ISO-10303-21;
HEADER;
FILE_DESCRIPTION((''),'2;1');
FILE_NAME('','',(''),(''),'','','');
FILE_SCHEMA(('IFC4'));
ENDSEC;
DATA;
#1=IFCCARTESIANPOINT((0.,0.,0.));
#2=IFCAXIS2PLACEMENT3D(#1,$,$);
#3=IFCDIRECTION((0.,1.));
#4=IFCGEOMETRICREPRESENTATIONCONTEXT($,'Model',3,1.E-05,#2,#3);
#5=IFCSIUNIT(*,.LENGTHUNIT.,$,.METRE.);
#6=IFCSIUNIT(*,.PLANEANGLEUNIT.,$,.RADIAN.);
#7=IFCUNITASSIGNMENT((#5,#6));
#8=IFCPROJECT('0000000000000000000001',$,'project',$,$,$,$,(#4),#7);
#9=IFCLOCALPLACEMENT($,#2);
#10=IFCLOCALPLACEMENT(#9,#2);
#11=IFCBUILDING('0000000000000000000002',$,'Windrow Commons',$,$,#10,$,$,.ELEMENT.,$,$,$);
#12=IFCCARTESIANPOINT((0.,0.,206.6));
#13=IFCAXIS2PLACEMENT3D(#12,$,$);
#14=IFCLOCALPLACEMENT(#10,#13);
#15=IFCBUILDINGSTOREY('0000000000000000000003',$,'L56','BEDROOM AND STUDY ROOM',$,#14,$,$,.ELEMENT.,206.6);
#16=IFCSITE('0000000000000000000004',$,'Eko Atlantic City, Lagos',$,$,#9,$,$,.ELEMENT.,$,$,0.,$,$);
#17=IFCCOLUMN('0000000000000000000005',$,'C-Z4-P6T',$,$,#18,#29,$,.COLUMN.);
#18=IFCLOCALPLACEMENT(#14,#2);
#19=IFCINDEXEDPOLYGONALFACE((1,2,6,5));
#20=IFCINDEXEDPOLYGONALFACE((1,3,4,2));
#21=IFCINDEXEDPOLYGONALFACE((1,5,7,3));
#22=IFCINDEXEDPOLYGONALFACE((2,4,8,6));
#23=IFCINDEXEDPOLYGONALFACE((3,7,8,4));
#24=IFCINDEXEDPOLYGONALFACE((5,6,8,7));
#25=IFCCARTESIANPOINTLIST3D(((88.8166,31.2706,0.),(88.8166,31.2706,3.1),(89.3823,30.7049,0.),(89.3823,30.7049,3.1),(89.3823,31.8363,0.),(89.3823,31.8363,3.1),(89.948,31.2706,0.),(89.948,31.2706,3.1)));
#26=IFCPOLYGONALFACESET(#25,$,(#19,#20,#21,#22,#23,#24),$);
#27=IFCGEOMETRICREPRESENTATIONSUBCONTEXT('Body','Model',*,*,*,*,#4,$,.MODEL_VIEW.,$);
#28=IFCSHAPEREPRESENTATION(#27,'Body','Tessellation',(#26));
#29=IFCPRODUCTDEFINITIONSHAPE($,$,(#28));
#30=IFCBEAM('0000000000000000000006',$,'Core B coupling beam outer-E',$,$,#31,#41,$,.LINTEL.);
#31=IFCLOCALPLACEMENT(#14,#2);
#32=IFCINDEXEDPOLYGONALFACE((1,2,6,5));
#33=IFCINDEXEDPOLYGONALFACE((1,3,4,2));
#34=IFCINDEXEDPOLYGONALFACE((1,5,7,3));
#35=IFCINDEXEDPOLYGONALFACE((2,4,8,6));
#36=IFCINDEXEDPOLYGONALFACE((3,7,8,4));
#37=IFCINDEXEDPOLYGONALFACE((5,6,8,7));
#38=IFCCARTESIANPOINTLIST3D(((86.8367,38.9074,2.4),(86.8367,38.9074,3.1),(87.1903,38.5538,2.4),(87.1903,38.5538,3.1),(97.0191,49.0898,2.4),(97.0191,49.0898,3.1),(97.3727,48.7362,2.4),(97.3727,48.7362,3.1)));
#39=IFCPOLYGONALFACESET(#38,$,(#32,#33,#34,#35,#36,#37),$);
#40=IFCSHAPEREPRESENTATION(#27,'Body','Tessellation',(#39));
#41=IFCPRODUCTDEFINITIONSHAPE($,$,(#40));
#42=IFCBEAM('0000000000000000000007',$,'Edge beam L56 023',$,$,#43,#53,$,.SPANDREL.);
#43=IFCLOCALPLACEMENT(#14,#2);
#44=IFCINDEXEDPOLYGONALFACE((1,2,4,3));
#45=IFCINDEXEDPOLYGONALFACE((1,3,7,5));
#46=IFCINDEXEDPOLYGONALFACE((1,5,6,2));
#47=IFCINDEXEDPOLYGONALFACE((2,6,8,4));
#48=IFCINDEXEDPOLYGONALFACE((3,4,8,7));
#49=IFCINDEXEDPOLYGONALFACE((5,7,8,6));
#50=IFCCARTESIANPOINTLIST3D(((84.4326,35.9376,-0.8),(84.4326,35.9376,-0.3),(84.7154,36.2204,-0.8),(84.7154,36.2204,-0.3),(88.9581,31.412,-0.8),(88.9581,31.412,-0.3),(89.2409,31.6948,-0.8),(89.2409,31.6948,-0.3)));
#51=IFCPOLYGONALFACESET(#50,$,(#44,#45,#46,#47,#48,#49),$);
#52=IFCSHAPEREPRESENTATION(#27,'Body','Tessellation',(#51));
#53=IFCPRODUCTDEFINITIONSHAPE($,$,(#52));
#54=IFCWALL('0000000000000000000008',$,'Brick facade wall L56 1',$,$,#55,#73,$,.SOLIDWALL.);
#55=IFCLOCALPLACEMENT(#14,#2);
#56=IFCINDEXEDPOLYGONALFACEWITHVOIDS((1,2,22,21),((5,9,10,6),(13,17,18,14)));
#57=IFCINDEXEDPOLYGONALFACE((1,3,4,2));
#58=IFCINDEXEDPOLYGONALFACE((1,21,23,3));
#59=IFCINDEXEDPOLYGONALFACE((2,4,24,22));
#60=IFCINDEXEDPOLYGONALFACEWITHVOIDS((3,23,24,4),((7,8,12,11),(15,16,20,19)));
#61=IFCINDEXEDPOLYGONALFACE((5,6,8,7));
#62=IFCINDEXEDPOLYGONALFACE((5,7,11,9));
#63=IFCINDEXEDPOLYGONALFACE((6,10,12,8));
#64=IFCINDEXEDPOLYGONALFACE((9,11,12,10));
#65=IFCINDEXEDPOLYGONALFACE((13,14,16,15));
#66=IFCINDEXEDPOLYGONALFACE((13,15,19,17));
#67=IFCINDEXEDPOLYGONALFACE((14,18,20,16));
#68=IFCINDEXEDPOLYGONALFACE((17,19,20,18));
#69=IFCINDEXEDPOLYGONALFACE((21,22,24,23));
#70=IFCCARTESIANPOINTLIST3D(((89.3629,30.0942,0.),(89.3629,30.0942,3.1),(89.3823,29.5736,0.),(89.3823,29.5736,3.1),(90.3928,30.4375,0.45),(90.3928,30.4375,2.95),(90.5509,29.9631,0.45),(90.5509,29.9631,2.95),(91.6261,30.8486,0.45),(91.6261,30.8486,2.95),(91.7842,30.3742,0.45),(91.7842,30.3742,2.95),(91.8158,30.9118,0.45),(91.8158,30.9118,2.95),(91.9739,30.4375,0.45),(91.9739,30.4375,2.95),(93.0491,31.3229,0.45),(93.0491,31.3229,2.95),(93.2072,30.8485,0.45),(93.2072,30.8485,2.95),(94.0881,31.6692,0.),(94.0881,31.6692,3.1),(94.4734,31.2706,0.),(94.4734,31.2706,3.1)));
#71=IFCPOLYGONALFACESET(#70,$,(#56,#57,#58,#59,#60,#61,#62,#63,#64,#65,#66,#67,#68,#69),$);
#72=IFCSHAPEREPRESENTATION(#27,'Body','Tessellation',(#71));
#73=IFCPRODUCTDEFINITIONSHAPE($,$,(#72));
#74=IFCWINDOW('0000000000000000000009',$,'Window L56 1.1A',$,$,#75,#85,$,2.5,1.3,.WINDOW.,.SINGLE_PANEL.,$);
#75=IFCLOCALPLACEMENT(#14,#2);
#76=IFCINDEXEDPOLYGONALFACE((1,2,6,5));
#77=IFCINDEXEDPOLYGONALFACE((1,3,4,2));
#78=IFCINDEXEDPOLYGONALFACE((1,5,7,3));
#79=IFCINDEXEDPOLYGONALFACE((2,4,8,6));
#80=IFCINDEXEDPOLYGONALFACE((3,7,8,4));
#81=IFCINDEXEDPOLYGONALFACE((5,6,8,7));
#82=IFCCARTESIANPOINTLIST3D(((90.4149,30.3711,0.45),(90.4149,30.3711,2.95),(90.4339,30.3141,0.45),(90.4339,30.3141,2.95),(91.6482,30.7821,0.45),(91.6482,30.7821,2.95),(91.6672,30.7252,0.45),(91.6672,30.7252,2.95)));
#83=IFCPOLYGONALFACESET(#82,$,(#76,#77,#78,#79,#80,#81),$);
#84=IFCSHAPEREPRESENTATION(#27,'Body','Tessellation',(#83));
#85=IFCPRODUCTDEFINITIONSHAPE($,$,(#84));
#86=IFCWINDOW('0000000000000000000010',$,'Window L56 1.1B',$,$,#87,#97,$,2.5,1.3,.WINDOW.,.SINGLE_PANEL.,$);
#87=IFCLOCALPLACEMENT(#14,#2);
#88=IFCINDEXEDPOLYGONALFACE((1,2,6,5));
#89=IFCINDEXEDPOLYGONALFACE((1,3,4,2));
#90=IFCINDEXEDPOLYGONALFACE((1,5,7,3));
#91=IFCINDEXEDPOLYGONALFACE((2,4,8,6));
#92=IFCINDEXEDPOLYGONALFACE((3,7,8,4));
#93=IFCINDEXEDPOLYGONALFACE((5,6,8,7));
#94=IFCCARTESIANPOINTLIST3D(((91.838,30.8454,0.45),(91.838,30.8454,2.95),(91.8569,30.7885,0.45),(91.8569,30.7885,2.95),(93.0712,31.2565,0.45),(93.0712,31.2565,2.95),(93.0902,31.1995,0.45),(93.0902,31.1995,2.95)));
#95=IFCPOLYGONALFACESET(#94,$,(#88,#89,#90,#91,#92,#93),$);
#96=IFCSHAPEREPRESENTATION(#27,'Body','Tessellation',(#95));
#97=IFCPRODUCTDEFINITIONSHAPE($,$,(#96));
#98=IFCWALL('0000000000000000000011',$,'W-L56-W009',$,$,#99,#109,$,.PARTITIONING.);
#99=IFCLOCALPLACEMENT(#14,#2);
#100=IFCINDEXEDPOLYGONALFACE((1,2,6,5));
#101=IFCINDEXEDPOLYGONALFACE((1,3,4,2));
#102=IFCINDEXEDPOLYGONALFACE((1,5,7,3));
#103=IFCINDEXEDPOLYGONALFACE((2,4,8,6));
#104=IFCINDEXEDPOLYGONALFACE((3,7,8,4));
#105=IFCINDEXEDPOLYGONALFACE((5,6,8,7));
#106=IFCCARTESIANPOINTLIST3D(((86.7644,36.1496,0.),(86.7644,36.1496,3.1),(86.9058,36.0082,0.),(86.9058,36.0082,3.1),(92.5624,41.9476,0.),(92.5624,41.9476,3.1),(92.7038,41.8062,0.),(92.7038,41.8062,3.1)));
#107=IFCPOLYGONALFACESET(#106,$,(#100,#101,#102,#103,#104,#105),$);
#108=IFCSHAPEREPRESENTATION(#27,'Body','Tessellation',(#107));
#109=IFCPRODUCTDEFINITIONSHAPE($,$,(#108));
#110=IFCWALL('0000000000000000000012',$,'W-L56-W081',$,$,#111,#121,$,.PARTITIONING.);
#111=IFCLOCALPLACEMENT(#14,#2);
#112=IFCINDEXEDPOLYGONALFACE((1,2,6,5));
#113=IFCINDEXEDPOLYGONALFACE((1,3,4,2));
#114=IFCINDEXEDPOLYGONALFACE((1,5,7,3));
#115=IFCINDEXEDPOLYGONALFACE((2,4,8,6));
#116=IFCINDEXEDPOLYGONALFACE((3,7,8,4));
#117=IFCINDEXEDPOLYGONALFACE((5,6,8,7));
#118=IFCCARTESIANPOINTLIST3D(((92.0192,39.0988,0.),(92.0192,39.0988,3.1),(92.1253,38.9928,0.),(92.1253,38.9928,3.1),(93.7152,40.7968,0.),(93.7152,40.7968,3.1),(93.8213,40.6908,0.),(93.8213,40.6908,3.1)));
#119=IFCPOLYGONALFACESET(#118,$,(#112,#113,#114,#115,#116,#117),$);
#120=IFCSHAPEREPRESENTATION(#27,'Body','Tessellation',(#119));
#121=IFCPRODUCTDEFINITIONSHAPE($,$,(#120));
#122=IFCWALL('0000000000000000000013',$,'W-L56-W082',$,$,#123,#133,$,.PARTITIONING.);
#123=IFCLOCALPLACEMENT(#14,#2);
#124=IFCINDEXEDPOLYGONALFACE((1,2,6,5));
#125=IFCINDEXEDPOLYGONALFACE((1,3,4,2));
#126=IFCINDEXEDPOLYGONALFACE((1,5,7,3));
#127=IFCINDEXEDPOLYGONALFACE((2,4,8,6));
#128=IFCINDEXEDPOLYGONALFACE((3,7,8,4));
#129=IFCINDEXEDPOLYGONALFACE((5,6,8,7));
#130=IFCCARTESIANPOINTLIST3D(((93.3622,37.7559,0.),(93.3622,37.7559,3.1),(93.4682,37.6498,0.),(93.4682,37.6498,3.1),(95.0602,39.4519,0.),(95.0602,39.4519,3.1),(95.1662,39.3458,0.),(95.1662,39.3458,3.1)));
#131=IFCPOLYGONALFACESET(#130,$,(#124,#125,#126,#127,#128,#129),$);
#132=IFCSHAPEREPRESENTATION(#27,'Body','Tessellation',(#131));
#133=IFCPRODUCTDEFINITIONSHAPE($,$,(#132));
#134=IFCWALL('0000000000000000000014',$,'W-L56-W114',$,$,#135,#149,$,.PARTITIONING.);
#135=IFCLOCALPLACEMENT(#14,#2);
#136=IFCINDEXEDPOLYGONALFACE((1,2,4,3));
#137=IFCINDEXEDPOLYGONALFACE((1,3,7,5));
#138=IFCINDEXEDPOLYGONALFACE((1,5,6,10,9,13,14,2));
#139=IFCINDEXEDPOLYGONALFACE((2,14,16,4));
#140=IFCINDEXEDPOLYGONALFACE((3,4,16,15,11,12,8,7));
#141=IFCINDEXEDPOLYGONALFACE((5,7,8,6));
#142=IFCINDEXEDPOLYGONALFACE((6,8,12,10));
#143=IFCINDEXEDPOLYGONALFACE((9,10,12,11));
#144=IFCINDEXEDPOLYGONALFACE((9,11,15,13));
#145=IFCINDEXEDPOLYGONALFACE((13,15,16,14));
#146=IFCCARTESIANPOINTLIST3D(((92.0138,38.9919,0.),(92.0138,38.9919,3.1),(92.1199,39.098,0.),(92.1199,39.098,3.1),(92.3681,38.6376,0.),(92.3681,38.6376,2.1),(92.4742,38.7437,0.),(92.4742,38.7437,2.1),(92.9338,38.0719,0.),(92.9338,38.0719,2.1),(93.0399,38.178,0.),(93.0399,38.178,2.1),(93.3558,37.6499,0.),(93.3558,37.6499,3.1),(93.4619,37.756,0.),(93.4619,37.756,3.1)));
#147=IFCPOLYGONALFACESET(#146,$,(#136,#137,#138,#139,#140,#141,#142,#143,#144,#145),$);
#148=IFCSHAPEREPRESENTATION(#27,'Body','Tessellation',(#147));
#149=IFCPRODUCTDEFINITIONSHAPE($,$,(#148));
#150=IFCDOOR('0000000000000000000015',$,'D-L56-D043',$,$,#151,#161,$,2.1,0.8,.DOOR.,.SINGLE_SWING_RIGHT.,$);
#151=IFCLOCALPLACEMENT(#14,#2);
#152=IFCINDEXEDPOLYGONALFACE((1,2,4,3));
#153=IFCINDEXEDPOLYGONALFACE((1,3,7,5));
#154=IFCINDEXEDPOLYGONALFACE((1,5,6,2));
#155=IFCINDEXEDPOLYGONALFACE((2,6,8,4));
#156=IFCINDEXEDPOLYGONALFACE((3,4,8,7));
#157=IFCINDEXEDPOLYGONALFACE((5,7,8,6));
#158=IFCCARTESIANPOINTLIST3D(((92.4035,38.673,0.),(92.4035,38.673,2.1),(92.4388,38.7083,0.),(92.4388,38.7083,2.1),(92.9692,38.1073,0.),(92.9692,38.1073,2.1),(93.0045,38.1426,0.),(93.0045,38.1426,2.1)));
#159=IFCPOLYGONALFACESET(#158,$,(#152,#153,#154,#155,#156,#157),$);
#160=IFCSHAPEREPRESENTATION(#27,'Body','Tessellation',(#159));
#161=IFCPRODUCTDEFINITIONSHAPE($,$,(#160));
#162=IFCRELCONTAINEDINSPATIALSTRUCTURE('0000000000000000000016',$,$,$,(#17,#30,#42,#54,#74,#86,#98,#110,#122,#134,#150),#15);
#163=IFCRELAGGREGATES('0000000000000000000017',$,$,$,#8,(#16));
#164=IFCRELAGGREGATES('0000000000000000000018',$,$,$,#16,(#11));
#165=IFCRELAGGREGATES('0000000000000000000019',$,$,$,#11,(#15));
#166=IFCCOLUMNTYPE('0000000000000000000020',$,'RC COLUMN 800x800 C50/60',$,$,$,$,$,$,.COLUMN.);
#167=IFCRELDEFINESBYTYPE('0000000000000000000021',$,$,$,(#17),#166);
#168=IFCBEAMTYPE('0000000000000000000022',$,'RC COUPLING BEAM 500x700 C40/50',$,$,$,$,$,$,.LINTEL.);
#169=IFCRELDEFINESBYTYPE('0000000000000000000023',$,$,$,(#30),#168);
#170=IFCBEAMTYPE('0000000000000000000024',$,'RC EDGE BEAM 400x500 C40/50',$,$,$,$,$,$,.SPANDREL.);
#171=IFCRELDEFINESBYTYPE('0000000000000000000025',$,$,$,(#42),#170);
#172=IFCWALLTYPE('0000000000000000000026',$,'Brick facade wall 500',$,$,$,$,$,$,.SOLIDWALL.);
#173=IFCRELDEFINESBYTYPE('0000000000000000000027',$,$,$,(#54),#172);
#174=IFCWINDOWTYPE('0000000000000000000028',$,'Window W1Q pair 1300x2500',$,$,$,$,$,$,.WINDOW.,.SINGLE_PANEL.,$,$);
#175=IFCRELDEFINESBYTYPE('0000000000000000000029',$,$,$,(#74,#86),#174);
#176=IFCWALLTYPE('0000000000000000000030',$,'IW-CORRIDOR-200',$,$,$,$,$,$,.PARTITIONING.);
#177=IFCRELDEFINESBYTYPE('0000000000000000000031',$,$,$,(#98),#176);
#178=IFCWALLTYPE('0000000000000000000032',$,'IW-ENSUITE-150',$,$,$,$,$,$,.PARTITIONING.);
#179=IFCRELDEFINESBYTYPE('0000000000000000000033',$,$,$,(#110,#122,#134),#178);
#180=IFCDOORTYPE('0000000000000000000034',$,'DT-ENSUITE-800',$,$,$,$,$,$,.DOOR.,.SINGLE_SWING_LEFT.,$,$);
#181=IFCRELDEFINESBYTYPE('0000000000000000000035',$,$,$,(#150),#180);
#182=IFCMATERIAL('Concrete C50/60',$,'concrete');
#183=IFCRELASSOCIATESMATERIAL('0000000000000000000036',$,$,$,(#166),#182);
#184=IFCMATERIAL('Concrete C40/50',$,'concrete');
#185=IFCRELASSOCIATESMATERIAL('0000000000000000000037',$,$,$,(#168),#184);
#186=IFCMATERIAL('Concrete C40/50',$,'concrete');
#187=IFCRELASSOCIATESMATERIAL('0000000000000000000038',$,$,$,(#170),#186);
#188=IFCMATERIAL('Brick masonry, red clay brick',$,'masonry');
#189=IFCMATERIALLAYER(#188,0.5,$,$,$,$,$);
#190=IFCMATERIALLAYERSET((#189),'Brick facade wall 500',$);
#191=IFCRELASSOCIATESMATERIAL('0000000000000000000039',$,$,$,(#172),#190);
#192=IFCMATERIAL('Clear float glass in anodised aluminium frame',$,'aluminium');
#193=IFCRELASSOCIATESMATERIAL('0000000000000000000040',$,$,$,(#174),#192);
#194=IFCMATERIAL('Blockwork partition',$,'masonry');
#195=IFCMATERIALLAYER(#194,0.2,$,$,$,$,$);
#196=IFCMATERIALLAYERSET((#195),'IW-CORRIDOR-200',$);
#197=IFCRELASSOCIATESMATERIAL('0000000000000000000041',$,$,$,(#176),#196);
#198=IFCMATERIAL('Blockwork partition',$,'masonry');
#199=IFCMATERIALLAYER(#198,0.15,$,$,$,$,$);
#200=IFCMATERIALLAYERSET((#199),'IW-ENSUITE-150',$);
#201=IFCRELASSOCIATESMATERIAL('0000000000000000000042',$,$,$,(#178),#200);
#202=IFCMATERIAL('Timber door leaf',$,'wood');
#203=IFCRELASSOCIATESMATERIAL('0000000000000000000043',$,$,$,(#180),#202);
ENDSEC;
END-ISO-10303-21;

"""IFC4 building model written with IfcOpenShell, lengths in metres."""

from ifc_helpers import new_model, si_unit, direction, frame, frame_2d, origin, origin_2d, place, context, subcontext, project, spatial, polyline, rectangle, outline, extrude, material, layer, layer_set, material_profile, profile_set, type_object, element, fill, save


model = new_model("IFC4")

# Units and contexts
model_context = context("Model", 3, precision=1e-05, world=origin(), true_north=direction((0.0, 1.0)))
body_context = subcontext(model_context, "Body", "Model", "MODEL_VIEW")
ifc_project = project(units=[si_unit("LENGTHUNIT", "METRE"), si_unit("PLANEANGLEUNIT", "RADIAN")], contexts=[model_context])

# Site, building, storey
site_placement = place(None, origin())
site = spatial("IfcSite", under=ifc_project, at=site_placement, Name="Eko Atlantic City, Lagos", CompositionType="ELEMENT", RefElevation=0.0)
building_placement = place(site_placement, origin())
building = spatial("IfcBuilding", under=site, at=building_placement, Name="Windrow Commons", CompositionType="ELEMENT")
storey_placement = place(building_placement, frame((0.0, 0.0, 206.6)))
storey = spatial("IfcBuildingStorey", under=building, at=storey_placement, Name="L56", Description="BEDROOM AND STUDY ROOM", CompositionType="ELEMENT", Elevation=206.6)

# Column
ifc_material_1 = material(Name="Concrete C50/60", Category="concrete")
ifc_material_profile_1 = material_profile(ifc_material_1, rectangle(XDim=0.8, YDim=0.8, at=origin_2d()))
ifc_profile_set_1 = profile_set([ifc_material_profile_1], Name="Concrete C50/60")
column_type = type_object("IfcColumnType", Name="RC COLUMN 800x800 C50/60", PredefinedType="COLUMN", material=ifc_profile_set_1)
column_placement = place(storey_placement, frame((89.3823, 31.2706, 0.0), z_axis=(0.0, 0.0, 1.0), x_axis=(0.707107, -0.707107, 0.0)))
element("IfcColumn", 1, at=column_placement, inside=storey, type_object=column_type, Name="C-Z4-P6T", PredefinedType="COLUMN", context=body_context, shape_type="SweptSolid", body=[
    extrude(rectangle(XDim=0.8, YDim=0.8, at=origin_2d()), origin(), (0.0, 0.0, 1.0), 3.1),
])

# Beams
ifc_material_2 = material(Name="Concrete C40/50", Category="concrete")
ifc_material_profile_2 = material_profile(ifc_material_2, rectangle(XDim=0.5, YDim=0.7, at=origin_2d()))
ifc_profile_set_2 = profile_set([ifc_material_profile_2], Name="Concrete C40/50")
beam_type_1 = type_object("IfcBeamType", Name="RC COUPLING BEAM 500x700 C40/50", PredefinedType="LINTEL", material=ifc_profile_set_2)
beam_1_placement = place(storey_placement, frame((87.0135, 38.7306, 2.75), z_axis=(0.707107, 0.707107, 0.0), x_axis=(-0.707107, 0.707107, 0.0)))
element("IfcBeam", 2, at=beam_1_placement, inside=storey, type_object=beam_type_1, Name="Core B coupling beam outer-E", PredefinedType="LINTEL", context=body_context, shape_type="SweptSolid", body=[
    extrude(rectangle(XDim=0.5, YDim=0.7, at=origin_2d()), origin(), (0.0, 0.0, 1.0), 14.4001),
])
ifc_material_3 = material(Name="Concrete C40/50", Category="concrete")
ifc_material_profile_3 = material_profile(ifc_material_3, rectangle(XDim=0.4, YDim=0.5, at=origin_2d()))
ifc_profile_set_3 = profile_set([ifc_material_profile_3], Name="Concrete C40/50")
beam_type_2 = type_object("IfcBeamType", Name="RC EDGE BEAM 400x500 C40/50", PredefinedType="SPANDREL", material=ifc_profile_set_3)
beam_2_placement = place(storey_placement, frame((89.0995, 31.5534, -0.55), z_axis=(-0.707099, 0.707115, 0.0), x_axis=(-0.707115, -0.707099, 0.0)))
element("IfcBeam", 3, at=beam_2_placement, inside=storey, type_object=beam_type_2, Name="Edge beam L56 023", PredefinedType="SPANDREL", context=body_context, shape_type="SweptSolid", body=[
    extrude(rectangle(XDim=0.4, YDim=0.5, at=origin_2d()), origin(), (0.0, 0.0, 1.0), 6.4001),
])

# Wall, openings, windows
ifc_material_4 = material(Name="Brick masonry, red clay brick", Category="masonry")
ifc_layer_1 = layer(ifc_material_4, 0.5)
ifc_layer_set_1 = layer_set([ifc_layer_1], Name="Brick facade wall 500")
wall_type_1 = type_object("IfcWallType", Name="Brick facade wall 500", PredefinedType="SOLIDWALL", material=ifc_layer_set_1)
wall_1_placement = place(storey_placement, frame((89.3726, 29.8339, 0.0), z_axis=(0.0, 0.0, 1.0), x_axis=(0.948687, 0.316216, 0.0)))
wall_1 = element("IfcWall", 4, at=wall_1_placement, inside=storey, type_object=wall_type_1, Name="Brick facade wall L56 1", PredefinedType="SOLIDWALL", context=body_context, shape_type="SweptSolid", body=[
    extrude(outline(polyline([(-0.0731, -0.25), (5.2934, -0.25), (5.0539, 0.25), (0.0731, 0.25), (-0.0731, -0.25)])), origin(), (0.0, 0.0, 1.0), 3.1),
])
opening_1_placement = place(wall_1_placement, frame((1.1587, 0.0, 0.45)))
opening_1 = element("IfcOpeningElement", 5, at=opening_1_placement, cuts=wall_1, PredefinedType="OPENING", context=body_context, shape_type="SweptSolid", body=[
    extrude(rectangle(XDim=1.3, YDim=2.5, at=frame_2d((0.65, 1.25))), frame((0.0, 0.26, 0.0), z_axis=(0.0, -1.0, 0.0), x_axis=(1.0, 0.0, 0.0)), (0.0, 0.0, 1.0), 0.52),
])
opening_2_placement = place(wall_1_placement, frame((2.6587, 0.0, 0.45)))
opening_2 = element("IfcOpeningElement", 6, at=opening_2_placement, cuts=wall_1, PredefinedType="OPENING", context=body_context, shape_type="SweptSolid", body=[
    extrude(rectangle(XDim=1.3, YDim=2.5, at=frame_2d((0.65, 1.25))), frame((0.0, 0.26, 0.0), z_axis=(0.0, -1.0, 0.0), x_axis=(1.0, 0.0, 0.0)), (0.0, 0.0, 1.0), 0.52),
])
ifc_material_5 = material(Name="Clear float glass in anodised aluminium frame", Category="aluminium")
window_type = type_object("IfcWindowType", Name="Window W1Q pair 1300x2500", PartitioningType="SINGLE_PANEL", PredefinedType="WINDOW", material=ifc_material_5)
window_1_placement = place(opening_1_placement, origin())
window_1 = element("IfcWindow", 7, at=window_1_placement, inside=storey, type_object=window_type, Name="Window L56 1.1A", OverallHeight=2.5, OverallWidth=1.3, PartitioningType="SINGLE_PANEL", PredefinedType="WINDOW", context=body_context, shape_type="SweptSolid", body=[
    extrude(rectangle(XDim=1.3, YDim=2.5, at=frame_2d((0.65, 1.25))), frame((0.0, 0.18, 0.0), z_axis=(0.0, -1.0, 0.0), x_axis=(1.0, 0.0, 0.0)), (0.0, 0.0, 1.0), 0.06),
])
fill(opening_1, window_1)
window_2_placement = place(opening_2_placement, origin())
window_2 = element("IfcWindow", 8, at=window_2_placement, inside=storey, type_object=window_type, Name="Window L56 1.1B", OverallHeight=2.5, OverallWidth=1.3, PartitioningType="SINGLE_PANEL", PredefinedType="WINDOW", context=body_context, shape_type="SweptSolid", body=[
    extrude(rectangle(XDim=1.3, YDim=2.5, at=frame_2d((0.65, 1.25))), frame((0.0, 0.18, 0.0), z_axis=(0.0, -1.0, 0.0), x_axis=(1.0, 0.0, 0.0)), (0.0, 0.0, 1.0), 0.06),
])
fill(opening_2, window_2)

# Walls
ifc_material_6 = material(Name="Blockwork partition", Category="masonry")
ifc_layer_2 = layer(ifc_material_6, 0.2)
ifc_layer_set_2 = layer_set([ifc_layer_2], Name="IW-CORRIDOR-200")
wall_type_2 = type_object("IfcWallType", Name="IW-CORRIDOR-200", PredefinedType="PARTITIONING", material=ifc_layer_set_2)
wall_2_placement = place(storey_placement, frame((86.8351, 36.0789, 0.0), z_axis=(0.0, 0.0, 1.0), x_axis=(0.707107, 0.707107, 0.0)))
element("IfcWall", 9, at=wall_2_placement, inside=storey, type_object=wall_type_2, Name="W-L56-W009", PredefinedType="PARTITIONING", context=body_context, shape_type="SweptSolid", body=[
    extrude(rectangle(XDim=8.1996, YDim=0.2, at=frame_2d((4.0998, 0.0))), origin(), (0.0, 0.0, 1.0), 3.1),
])
ifc_material_7 = material(Name="Blockwork partition", Category="masonry")
ifc_layer_3 = layer(ifc_material_7, 0.15)
ifc_layer_set_3 = layer_set([ifc_layer_3], Name="IW-ENSUITE-150")
wall_type_3 = type_object("IfcWallType", Name="IW-ENSUITE-150", PredefinedType="PARTITIONING", material=ifc_layer_set_3)
for number, where, z_axis, x_axis, name in (
    (10, (92.0722, 39.0458, 0.0), (0.0, 0.0, 1.0), (0.70669, 0.707523, 0.0), "W-L56-W081"),
    (11, (93.4152, 37.7028, 0.0), (0.0, 0.0, 1.0), (0.707523, 0.70669, 0.0), "W-L56-W082"),
):
    element("IfcWall", number, at=place(storey_placement, frame(where, z_axis=z_axis, x_axis=x_axis)), inside=storey, type_object=wall_type_3, Name=name, PredefinedType="PARTITIONING", context=body_context, shape_type="SweptSolid", body=[
        extrude(rectangle(XDim=2.3999, YDim=0.15, at=frame_2d((1.2, 0.0))), origin(), (0.0, 0.0, 1.0), 3.1),
    ])

# Wall, opening, door
wall_3_placement = place(storey_placement, frame((92.0669, 39.0449, 0.0), z_axis=(0.0, 0.0, 1.0), x_axis=(0.707107, -0.707107, 0.0)))
wall_3 = element("IfcWall", 12, at=wall_3_placement, inside=storey, type_object=wall_type_3, Name="W-L56-W114", PredefinedType="PARTITIONING", context=body_context, shape_type="SweptSolid", body=[
    extrude(rectangle(XDim=1.8979, YDim=0.15, at=frame_2d((0.9489, 0.0))), origin(), (0.0, 0.0, 1.0), 3.1),
])
opening_3_placement = place(wall_3_placement, frame((0.501, 0.0, 0.0)))
opening_3 = element("IfcOpeningElement", 13, at=opening_3_placement, cuts=wall_3, PredefinedType="OPENING", context=body_context, shape_type="SweptSolid", body=[
    extrude(rectangle(XDim=0.8, YDim=2.1, at=frame_2d((0.4, 1.05))), frame((0.0, 0.085, 0.0), z_axis=(0.0, -1.0, 0.0), x_axis=(1.0, 0.0, 0.0)), (0.0, 0.0, 1.0), 0.17),
])
ifc_material_8 = material(Name="Timber door leaf", Category="wood")
door_type_1 = type_object("IfcDoorType", Name="DT-ENSUITE-800", OperationType="SINGLE_SWING_LEFT", PredefinedType="DOOR", material=ifc_material_8)
door_1_placement = place(opening_3_placement, origin())
door_1 = element("IfcDoor", 14, at=door_1_placement, inside=storey, type_object=door_type_1, Name="D-L56-D043", OperationType="SINGLE_SWING_RIGHT", OverallHeight=2.1, OverallWidth=0.8, PredefinedType="DOOR", context=body_context, shape_type="SweptSolid", body=[
    extrude(rectangle(XDim=0.8, YDim=2.1, at=frame_2d((0.4, 1.05))), frame((0.0, 0.025, 0.0), z_axis=(0.0, -1.0, 0.0), x_axis=(1.0, 0.0, 0.0)), (0.0, 0.0, 1.0), 0.05),
])
fill(opening_3, door_1)

save(model, "model.ifc")
